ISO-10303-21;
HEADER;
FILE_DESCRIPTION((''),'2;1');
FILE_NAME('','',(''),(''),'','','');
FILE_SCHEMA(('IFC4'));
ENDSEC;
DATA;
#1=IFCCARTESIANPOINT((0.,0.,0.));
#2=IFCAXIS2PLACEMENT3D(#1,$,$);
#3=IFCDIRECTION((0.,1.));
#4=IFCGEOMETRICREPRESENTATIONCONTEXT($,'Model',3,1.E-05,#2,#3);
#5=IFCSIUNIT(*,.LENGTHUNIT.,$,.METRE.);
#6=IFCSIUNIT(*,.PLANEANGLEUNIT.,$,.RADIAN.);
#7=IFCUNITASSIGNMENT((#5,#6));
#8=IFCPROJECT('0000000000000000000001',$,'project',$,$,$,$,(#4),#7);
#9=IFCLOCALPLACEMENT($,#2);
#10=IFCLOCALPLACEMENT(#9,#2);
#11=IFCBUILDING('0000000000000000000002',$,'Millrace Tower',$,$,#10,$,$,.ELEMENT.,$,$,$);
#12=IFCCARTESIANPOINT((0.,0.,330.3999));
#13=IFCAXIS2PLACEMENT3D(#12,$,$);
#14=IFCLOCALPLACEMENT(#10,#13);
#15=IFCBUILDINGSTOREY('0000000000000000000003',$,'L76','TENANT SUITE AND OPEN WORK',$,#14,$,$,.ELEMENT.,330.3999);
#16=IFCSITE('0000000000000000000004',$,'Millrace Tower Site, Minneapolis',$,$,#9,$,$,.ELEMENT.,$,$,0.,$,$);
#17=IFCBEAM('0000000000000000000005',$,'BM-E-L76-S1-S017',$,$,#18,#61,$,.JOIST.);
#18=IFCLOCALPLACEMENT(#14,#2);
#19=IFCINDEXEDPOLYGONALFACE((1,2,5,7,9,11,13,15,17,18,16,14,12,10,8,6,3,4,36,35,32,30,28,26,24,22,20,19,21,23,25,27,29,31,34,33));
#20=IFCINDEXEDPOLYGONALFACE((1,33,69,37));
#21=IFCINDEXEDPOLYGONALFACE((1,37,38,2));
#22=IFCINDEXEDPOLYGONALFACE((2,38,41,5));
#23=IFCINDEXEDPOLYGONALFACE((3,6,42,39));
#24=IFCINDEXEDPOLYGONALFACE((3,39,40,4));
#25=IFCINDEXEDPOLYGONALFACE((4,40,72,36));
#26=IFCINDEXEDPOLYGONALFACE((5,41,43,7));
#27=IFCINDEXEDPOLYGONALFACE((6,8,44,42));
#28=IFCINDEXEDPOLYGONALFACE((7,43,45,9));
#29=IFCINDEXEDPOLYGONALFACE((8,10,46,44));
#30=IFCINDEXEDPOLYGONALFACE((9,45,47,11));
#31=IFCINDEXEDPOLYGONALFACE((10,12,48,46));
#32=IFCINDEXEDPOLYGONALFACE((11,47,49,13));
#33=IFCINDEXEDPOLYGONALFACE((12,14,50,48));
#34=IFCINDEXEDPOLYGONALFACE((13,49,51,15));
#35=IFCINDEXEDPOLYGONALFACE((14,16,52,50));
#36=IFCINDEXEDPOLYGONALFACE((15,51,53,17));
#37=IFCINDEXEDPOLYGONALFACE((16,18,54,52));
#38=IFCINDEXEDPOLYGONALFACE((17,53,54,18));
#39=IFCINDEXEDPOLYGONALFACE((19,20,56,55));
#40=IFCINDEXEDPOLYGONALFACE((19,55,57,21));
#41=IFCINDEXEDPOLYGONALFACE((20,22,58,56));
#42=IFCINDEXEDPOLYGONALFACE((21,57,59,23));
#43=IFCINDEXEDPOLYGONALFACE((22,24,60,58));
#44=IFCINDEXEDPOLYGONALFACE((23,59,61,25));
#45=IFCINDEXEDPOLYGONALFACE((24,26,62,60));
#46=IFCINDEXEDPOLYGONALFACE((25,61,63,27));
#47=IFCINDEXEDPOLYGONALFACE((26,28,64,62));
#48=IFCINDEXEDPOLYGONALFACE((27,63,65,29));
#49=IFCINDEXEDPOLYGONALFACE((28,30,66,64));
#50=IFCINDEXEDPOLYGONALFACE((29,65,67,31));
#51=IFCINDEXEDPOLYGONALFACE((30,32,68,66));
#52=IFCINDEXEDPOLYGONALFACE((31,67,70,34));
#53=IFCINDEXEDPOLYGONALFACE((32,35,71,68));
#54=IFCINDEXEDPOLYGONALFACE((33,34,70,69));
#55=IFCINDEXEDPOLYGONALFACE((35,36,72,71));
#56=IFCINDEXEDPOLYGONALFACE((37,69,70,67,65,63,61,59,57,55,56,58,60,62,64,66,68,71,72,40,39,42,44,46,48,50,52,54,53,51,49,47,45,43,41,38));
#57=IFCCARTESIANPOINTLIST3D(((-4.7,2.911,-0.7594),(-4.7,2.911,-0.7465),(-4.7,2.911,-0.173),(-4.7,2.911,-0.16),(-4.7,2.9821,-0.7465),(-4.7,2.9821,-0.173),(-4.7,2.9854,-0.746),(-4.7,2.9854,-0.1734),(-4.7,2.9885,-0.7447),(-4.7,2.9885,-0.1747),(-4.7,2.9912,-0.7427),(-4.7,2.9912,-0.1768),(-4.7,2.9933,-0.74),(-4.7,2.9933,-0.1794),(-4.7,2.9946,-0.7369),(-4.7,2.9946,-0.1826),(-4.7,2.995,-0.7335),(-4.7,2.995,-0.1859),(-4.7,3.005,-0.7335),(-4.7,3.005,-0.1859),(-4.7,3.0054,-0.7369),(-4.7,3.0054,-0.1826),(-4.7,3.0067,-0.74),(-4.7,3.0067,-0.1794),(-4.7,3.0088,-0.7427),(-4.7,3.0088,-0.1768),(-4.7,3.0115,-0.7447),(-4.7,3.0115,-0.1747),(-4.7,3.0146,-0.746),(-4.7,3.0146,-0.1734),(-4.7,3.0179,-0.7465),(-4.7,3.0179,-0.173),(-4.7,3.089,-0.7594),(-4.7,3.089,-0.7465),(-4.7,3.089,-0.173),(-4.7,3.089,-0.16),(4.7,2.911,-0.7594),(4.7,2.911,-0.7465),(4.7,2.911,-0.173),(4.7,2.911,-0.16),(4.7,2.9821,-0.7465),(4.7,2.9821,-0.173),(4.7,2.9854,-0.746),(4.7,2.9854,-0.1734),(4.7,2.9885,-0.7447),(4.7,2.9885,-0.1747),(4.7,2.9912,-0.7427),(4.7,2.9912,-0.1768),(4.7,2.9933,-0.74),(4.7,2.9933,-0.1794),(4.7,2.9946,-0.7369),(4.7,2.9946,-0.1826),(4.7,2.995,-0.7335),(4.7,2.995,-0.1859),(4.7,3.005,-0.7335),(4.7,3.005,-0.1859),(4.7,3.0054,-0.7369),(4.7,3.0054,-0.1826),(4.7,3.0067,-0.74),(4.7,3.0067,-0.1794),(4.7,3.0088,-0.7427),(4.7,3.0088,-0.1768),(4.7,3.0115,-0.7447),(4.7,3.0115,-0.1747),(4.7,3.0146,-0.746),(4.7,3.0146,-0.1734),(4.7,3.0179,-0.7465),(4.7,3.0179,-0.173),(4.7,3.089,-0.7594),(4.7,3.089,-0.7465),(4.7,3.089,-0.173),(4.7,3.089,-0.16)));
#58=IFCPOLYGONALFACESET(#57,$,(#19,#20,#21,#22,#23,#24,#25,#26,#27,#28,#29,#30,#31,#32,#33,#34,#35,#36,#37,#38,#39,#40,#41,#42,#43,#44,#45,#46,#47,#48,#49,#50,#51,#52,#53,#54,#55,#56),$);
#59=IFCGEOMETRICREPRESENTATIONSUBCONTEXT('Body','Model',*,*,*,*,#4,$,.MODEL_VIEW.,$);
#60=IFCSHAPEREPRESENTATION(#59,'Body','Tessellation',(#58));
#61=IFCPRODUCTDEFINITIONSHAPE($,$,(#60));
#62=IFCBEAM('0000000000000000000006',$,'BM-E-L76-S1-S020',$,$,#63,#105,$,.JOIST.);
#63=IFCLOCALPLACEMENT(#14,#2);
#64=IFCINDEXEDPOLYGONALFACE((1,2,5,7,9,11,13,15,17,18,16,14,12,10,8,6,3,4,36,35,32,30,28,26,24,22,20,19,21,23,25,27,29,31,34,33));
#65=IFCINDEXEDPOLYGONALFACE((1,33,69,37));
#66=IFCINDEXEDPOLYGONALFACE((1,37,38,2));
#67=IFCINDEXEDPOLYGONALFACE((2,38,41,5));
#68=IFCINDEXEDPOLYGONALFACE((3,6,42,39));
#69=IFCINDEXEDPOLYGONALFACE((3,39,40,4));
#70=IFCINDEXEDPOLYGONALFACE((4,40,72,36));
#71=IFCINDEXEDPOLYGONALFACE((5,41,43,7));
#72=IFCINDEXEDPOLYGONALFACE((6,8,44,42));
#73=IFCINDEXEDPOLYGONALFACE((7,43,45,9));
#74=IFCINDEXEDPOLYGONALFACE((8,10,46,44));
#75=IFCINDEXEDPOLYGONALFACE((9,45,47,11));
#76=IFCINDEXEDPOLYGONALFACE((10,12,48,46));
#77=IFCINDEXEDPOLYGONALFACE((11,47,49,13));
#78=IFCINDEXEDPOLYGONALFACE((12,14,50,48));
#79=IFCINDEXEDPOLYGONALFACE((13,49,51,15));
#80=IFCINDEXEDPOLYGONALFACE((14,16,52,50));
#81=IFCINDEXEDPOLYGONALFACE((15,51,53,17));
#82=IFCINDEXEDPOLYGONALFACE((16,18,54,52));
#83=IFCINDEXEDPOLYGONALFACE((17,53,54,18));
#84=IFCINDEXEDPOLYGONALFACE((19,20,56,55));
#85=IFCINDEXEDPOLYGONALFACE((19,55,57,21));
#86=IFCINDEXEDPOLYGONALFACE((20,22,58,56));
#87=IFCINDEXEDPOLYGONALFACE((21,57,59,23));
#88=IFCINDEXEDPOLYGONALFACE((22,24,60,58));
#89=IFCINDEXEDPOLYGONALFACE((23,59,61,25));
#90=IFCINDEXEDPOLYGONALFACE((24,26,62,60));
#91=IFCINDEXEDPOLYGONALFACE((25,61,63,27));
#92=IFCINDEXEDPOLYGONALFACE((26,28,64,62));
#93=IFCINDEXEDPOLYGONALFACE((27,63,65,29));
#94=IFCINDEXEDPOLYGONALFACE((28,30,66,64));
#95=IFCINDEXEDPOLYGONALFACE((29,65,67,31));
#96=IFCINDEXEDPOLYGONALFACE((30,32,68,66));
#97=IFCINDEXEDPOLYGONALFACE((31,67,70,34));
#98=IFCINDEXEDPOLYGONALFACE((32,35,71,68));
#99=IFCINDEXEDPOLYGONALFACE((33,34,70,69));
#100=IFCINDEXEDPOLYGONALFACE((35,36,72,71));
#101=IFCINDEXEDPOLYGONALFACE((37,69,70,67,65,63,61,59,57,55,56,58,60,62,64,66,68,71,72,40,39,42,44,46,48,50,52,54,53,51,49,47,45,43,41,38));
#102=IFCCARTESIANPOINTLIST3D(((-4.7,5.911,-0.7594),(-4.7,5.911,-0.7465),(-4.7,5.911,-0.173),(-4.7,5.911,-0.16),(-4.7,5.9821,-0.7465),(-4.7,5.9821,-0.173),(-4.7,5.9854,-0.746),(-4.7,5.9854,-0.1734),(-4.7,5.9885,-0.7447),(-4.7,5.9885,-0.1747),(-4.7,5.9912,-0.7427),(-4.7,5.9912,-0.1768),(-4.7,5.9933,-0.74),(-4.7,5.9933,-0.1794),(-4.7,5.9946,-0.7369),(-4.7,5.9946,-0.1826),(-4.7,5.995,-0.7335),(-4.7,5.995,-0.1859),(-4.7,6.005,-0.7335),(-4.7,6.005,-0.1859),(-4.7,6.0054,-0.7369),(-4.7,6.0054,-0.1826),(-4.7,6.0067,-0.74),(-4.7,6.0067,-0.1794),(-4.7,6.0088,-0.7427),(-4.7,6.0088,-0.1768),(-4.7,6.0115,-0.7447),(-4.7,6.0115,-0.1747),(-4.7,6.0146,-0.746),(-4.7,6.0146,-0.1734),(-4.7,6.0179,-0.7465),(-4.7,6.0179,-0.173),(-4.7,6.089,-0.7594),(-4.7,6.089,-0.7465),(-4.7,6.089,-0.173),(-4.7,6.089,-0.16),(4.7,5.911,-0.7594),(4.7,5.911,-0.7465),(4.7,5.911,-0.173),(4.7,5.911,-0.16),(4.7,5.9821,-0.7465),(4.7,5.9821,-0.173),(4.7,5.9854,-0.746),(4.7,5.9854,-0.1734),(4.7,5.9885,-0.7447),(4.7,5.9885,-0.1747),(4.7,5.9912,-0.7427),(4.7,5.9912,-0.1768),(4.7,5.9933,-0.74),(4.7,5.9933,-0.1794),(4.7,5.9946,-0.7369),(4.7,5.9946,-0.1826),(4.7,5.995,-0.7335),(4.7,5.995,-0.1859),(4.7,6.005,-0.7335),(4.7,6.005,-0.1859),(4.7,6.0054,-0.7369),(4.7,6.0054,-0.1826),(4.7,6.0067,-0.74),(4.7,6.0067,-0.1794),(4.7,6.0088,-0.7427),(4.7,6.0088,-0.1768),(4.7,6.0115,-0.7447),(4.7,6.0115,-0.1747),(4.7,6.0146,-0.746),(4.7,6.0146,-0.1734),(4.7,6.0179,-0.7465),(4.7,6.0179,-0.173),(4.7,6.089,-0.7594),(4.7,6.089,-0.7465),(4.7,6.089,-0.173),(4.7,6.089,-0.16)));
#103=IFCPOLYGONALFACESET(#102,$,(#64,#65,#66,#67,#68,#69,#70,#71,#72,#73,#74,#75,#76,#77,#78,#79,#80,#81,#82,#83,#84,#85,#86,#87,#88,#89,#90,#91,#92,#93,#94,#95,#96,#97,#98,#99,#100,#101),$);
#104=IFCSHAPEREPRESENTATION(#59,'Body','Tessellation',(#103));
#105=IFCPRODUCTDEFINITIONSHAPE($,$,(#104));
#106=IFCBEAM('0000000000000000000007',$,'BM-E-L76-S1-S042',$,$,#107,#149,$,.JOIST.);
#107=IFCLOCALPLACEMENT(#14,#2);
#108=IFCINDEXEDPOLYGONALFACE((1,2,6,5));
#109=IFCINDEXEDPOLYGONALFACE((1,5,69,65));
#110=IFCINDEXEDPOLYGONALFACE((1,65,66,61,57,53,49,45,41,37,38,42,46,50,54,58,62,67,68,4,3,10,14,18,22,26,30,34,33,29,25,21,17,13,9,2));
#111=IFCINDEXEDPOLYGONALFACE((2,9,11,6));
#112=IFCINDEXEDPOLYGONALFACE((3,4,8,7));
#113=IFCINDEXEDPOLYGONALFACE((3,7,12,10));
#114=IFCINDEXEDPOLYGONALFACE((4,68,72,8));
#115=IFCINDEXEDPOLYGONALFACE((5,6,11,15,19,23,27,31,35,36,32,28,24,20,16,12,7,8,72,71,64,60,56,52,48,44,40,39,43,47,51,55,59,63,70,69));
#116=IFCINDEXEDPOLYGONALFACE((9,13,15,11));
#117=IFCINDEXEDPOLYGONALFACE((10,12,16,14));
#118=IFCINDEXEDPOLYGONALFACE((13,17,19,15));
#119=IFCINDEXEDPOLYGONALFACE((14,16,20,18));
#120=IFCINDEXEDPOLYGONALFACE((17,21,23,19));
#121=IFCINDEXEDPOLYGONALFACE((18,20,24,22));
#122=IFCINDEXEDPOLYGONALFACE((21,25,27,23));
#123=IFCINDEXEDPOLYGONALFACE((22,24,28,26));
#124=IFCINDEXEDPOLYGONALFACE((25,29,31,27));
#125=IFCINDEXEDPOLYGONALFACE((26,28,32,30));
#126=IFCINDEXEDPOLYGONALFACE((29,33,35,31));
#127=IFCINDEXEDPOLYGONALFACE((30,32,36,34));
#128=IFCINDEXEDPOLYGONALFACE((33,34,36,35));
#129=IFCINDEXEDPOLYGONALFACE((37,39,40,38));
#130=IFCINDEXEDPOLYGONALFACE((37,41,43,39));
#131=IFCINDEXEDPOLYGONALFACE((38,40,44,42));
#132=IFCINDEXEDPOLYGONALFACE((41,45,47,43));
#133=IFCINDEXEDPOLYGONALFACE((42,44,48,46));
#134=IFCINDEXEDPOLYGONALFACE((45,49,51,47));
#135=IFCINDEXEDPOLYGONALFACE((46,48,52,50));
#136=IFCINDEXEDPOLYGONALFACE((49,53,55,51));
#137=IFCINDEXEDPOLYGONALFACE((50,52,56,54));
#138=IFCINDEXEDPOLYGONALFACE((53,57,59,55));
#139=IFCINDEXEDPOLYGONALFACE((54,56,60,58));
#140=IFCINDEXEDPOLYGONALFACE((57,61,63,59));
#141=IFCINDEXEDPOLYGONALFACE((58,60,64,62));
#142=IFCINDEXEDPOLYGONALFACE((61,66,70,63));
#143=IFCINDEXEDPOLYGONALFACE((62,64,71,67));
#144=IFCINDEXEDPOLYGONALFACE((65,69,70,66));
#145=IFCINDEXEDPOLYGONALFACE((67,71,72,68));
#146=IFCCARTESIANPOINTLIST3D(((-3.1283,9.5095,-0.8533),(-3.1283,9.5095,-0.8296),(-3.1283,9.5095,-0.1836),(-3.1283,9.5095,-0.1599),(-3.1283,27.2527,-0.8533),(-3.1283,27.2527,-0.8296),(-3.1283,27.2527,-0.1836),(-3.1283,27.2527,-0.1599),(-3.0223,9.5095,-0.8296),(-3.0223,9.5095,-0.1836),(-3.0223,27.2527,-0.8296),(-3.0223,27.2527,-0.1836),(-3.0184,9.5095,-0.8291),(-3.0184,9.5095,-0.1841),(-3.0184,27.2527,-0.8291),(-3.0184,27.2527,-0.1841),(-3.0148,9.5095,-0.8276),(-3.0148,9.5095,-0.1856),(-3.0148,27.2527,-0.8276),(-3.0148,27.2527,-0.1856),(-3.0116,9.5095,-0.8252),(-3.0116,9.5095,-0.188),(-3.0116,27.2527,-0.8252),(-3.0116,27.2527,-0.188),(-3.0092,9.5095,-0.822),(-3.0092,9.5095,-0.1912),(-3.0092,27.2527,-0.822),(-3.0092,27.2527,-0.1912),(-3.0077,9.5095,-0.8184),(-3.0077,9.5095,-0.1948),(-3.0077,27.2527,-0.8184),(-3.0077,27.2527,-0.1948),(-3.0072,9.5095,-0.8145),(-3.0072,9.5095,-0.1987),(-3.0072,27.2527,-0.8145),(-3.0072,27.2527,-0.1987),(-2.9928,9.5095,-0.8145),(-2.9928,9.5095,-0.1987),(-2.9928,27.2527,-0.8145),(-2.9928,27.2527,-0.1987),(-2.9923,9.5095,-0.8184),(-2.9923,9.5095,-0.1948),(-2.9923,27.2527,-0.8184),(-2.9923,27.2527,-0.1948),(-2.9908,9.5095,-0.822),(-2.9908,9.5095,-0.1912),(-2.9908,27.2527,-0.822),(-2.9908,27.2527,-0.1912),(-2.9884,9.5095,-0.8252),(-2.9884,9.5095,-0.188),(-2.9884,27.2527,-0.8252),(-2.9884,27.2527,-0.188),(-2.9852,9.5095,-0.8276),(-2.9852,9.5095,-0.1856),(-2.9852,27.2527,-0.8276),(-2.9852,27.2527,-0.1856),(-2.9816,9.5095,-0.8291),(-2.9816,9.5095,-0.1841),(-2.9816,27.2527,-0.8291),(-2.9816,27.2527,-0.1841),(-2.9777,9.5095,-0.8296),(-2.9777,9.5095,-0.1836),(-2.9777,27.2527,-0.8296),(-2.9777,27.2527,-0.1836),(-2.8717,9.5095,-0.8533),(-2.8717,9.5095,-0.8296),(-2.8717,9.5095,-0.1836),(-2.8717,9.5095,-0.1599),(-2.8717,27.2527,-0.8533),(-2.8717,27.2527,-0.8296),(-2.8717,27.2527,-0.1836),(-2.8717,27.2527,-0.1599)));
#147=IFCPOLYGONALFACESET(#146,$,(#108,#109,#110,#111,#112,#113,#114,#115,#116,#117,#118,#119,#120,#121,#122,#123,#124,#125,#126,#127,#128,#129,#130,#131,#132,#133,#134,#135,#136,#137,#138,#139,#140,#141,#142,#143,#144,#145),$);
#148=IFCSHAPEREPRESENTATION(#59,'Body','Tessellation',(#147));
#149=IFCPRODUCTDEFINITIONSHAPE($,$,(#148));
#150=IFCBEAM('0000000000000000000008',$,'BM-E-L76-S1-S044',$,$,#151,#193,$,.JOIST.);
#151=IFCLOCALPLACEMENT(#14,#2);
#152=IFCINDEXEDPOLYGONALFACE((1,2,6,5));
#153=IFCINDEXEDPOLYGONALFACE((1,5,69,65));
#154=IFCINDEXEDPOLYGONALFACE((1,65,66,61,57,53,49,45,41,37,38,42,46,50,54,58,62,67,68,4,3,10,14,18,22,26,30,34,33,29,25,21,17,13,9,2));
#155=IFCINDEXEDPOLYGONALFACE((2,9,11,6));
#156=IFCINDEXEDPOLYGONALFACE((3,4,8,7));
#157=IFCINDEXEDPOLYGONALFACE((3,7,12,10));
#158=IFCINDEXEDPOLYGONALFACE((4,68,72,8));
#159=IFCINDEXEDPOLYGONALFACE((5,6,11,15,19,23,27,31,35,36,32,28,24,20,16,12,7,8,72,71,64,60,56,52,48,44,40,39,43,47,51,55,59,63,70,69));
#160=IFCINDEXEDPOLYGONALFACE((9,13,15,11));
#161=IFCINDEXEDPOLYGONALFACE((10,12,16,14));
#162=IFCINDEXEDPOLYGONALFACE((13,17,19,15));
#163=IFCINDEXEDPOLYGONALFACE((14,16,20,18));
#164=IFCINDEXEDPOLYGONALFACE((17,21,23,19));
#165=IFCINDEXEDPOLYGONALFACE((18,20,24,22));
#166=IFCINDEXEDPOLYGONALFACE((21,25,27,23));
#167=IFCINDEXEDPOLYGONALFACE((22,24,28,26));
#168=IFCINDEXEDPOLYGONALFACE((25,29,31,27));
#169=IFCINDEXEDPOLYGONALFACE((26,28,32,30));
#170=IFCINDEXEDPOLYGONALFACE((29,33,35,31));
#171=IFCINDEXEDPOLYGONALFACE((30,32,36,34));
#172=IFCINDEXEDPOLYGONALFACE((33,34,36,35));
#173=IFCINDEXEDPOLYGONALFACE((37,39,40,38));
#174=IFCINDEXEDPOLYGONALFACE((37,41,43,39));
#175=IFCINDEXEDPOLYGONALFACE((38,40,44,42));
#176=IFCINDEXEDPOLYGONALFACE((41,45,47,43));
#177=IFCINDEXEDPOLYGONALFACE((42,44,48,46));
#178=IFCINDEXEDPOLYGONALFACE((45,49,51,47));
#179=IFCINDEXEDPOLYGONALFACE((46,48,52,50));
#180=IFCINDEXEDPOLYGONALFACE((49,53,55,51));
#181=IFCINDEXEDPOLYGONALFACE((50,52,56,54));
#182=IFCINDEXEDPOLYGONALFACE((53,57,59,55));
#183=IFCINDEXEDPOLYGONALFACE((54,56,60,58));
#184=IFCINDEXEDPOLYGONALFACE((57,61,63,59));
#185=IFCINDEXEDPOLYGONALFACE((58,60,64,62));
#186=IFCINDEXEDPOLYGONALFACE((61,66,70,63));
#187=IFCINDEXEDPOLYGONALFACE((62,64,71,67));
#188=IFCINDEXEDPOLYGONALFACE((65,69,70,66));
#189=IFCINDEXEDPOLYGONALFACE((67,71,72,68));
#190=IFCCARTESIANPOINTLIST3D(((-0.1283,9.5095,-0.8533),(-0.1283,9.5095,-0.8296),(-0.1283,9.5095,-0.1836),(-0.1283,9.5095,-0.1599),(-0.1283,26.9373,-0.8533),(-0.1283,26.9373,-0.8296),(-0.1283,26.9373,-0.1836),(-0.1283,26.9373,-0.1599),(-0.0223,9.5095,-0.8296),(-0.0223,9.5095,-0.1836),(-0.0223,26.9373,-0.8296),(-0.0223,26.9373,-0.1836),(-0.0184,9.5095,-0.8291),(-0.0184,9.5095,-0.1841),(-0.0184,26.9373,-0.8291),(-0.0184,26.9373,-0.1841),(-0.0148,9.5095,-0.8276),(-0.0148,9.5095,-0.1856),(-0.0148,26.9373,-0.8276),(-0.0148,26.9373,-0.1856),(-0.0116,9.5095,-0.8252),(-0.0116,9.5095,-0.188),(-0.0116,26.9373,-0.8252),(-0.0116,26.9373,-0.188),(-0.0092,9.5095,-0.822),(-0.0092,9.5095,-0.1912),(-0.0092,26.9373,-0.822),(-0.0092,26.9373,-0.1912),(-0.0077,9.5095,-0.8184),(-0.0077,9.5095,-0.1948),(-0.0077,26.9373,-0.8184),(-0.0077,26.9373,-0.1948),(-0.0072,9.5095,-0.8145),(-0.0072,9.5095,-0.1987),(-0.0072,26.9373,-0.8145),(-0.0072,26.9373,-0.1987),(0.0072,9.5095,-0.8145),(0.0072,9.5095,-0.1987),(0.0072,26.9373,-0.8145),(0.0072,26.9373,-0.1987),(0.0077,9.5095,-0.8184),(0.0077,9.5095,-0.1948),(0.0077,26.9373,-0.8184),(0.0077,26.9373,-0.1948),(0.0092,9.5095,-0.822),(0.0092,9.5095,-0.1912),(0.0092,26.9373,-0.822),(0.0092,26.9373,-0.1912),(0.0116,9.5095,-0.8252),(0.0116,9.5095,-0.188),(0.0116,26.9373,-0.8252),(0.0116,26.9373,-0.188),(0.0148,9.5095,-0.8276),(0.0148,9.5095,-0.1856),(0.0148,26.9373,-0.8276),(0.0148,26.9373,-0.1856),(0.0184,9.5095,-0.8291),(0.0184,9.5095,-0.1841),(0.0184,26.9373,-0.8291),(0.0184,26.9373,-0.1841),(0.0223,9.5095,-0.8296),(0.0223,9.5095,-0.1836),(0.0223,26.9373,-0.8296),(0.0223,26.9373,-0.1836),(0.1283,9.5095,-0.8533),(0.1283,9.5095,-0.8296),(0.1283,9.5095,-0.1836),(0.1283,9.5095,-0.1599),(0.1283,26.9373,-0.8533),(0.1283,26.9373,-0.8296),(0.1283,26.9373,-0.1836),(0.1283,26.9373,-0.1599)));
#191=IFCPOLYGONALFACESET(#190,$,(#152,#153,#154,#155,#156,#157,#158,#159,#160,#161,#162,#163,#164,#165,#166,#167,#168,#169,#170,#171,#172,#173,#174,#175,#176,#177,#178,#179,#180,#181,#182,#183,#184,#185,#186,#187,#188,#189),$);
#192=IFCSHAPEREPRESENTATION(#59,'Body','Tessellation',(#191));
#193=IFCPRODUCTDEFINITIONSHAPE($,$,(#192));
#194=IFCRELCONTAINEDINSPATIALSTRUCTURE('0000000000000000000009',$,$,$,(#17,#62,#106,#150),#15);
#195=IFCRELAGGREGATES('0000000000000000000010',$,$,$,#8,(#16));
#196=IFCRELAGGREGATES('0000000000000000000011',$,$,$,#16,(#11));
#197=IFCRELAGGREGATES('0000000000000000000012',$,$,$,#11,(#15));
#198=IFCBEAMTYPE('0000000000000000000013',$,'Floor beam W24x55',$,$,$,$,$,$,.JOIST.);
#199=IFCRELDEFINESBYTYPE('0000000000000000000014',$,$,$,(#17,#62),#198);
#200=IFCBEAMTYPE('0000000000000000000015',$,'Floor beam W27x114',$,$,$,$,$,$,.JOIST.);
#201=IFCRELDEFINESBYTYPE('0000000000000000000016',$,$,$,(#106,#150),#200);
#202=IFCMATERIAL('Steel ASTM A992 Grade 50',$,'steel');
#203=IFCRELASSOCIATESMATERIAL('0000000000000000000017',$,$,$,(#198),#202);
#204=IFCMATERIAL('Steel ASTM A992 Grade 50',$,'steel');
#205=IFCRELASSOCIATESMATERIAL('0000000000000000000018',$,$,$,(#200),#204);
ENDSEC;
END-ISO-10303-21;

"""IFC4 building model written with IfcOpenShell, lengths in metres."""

from ifc_helpers import new_model, si_unit, direction, frame, origin, origin_2d, place, context, subcontext, project, spatial, i_section, extrude, material, material_profile, profile_set, type_object, element, save


model = new_model("IFC4")

# Units and contexts
model_context = context("Model", 3, precision=1e-05, world=origin(), true_north=direction((0.0, 1.0)))
body_context = subcontext(model_context, "Body", "Model", "MODEL_VIEW")
ifc_project = project(units=[si_unit("LENGTHUNIT", "METRE"), si_unit("PLANEANGLEUNIT", "RADIAN")], contexts=[model_context])

# Site, building, storey
site_placement = place(None, origin())
site = spatial("IfcSite", under=ifc_project, at=site_placement, Name="Millrace Tower Site, Minneapolis", CompositionType="ELEMENT", RefElevation=0.0)
building_placement = place(site_placement, origin())
building = spatial("IfcBuilding", under=site, at=building_placement, Name="Millrace Tower", CompositionType="ELEMENT")
storey_placement = place(building_placement, frame((0.0, 0.0, 330.3999)))
storey = spatial("IfcBuildingStorey", under=building, at=storey_placement, Name="L76", Description="TENANT SUITE AND OPEN WORK", CompositionType="ELEMENT", Elevation=330.3999)

# Beams
ifc_material_1 = material(Name="Steel ASTM A992 Grade 50", Category="steel")
ifc_material_profile_1 = material_profile(ifc_material_1, i_section(OverallWidth=0.178, OverallDepth=0.5994, WebThickness=0.01, FlangeThickness=0.0129, FilletRadius=0.0129, at=origin_2d()))
ifc_profile_set_1 = profile_set([ifc_material_profile_1], Name="Steel ASTM A992 Grade 50")
beam_type_1 = type_object("IfcBeamType", Name="Floor beam W24x55", PredefinedType="JOIST", material=ifc_profile_set_1)
for number, where, z_axis, x_axis, name in (
    (1, (-4.7, 3.0, -0.4597), (1.0, 0.0, 0.0), (0.0, 1.0, 0.0), "BM-E-L76-S1-S017"),
    (2, (-4.7, 6.0, -0.4597), (1.0, 0.0, 0.0), (0.0, 1.0, 0.0), "BM-E-L76-S1-S020"),
):
    element("IfcBeam", number, at=place(storey_placement, frame(where, z_axis=z_axis, x_axis=x_axis)), inside=storey, type_object=beam_type_1, Name=name, PredefinedType="JOIST", context=body_context, shape_type="SweptSolid", body=[
        extrude(i_section(OverallWidth=0.178, OverallDepth=0.5994, WebThickness=0.01, FlangeThickness=0.0129, FilletRadius=0.0129, at=origin_2d()), origin(), (0.0, 0.0, 1.0), 9.3999),
    ])
ifc_material_2 = material(Name="Steel ASTM A992 Grade 50", Category="steel")
ifc_material_profile_2 = material_profile(ifc_material_2, i_section(OverallWidth=0.2566, OverallDepth=0.6934, WebThickness=0.0144, FlangeThickness=0.0237, FilletRadius=0.0151, at=origin_2d()))
ifc_profile_set_2 = profile_set([ifc_material_profile_2], Name="Steel ASTM A992 Grade 50")
beam_type_2 = type_object("IfcBeamType", Name="Floor beam W27x114", PredefinedType="JOIST", material=ifc_profile_set_2)
beam_1_placement = place(storey_placement, frame((-3.0, 9.5095, -0.5066), z_axis=(0.0, 1.0, 0.0), x_axis=(-1.0, 0.0, 0.0)))
element("IfcBeam", 3, at=beam_1_placement, inside=storey, type_object=beam_type_2, Name="BM-E-L76-S1-S042", PredefinedType="JOIST", context=body_context, shape_type="SweptSolid", body=[
    extrude(i_section(OverallWidth=0.2566, OverallDepth=0.6934, WebThickness=0.0144, FlangeThickness=0.0237, FilletRadius=0.0151, at=origin_2d()), origin(), (0.0, 0.0, 1.0), 17.7432),
])
beam_2_placement = place(storey_placement, frame((0.0, 9.5095, -0.5066), z_axis=(0.0, 1.0, 0.0), x_axis=(-1.0, 0.0, 0.0)))
element("IfcBeam", 4, at=beam_2_placement, inside=storey, type_object=beam_type_2, Name="BM-E-L76-S1-S044", PredefinedType="JOIST", context=body_context, shape_type="SweptSolid", body=[
    extrude(i_section(OverallWidth=0.2566, OverallDepth=0.6934, WebThickness=0.0144, FlangeThickness=0.0237, FilletRadius=0.0151, at=origin_2d()), origin(), (0.0, 0.0, 1.0), 17.4277),
])

save(model, "model.ifc")
